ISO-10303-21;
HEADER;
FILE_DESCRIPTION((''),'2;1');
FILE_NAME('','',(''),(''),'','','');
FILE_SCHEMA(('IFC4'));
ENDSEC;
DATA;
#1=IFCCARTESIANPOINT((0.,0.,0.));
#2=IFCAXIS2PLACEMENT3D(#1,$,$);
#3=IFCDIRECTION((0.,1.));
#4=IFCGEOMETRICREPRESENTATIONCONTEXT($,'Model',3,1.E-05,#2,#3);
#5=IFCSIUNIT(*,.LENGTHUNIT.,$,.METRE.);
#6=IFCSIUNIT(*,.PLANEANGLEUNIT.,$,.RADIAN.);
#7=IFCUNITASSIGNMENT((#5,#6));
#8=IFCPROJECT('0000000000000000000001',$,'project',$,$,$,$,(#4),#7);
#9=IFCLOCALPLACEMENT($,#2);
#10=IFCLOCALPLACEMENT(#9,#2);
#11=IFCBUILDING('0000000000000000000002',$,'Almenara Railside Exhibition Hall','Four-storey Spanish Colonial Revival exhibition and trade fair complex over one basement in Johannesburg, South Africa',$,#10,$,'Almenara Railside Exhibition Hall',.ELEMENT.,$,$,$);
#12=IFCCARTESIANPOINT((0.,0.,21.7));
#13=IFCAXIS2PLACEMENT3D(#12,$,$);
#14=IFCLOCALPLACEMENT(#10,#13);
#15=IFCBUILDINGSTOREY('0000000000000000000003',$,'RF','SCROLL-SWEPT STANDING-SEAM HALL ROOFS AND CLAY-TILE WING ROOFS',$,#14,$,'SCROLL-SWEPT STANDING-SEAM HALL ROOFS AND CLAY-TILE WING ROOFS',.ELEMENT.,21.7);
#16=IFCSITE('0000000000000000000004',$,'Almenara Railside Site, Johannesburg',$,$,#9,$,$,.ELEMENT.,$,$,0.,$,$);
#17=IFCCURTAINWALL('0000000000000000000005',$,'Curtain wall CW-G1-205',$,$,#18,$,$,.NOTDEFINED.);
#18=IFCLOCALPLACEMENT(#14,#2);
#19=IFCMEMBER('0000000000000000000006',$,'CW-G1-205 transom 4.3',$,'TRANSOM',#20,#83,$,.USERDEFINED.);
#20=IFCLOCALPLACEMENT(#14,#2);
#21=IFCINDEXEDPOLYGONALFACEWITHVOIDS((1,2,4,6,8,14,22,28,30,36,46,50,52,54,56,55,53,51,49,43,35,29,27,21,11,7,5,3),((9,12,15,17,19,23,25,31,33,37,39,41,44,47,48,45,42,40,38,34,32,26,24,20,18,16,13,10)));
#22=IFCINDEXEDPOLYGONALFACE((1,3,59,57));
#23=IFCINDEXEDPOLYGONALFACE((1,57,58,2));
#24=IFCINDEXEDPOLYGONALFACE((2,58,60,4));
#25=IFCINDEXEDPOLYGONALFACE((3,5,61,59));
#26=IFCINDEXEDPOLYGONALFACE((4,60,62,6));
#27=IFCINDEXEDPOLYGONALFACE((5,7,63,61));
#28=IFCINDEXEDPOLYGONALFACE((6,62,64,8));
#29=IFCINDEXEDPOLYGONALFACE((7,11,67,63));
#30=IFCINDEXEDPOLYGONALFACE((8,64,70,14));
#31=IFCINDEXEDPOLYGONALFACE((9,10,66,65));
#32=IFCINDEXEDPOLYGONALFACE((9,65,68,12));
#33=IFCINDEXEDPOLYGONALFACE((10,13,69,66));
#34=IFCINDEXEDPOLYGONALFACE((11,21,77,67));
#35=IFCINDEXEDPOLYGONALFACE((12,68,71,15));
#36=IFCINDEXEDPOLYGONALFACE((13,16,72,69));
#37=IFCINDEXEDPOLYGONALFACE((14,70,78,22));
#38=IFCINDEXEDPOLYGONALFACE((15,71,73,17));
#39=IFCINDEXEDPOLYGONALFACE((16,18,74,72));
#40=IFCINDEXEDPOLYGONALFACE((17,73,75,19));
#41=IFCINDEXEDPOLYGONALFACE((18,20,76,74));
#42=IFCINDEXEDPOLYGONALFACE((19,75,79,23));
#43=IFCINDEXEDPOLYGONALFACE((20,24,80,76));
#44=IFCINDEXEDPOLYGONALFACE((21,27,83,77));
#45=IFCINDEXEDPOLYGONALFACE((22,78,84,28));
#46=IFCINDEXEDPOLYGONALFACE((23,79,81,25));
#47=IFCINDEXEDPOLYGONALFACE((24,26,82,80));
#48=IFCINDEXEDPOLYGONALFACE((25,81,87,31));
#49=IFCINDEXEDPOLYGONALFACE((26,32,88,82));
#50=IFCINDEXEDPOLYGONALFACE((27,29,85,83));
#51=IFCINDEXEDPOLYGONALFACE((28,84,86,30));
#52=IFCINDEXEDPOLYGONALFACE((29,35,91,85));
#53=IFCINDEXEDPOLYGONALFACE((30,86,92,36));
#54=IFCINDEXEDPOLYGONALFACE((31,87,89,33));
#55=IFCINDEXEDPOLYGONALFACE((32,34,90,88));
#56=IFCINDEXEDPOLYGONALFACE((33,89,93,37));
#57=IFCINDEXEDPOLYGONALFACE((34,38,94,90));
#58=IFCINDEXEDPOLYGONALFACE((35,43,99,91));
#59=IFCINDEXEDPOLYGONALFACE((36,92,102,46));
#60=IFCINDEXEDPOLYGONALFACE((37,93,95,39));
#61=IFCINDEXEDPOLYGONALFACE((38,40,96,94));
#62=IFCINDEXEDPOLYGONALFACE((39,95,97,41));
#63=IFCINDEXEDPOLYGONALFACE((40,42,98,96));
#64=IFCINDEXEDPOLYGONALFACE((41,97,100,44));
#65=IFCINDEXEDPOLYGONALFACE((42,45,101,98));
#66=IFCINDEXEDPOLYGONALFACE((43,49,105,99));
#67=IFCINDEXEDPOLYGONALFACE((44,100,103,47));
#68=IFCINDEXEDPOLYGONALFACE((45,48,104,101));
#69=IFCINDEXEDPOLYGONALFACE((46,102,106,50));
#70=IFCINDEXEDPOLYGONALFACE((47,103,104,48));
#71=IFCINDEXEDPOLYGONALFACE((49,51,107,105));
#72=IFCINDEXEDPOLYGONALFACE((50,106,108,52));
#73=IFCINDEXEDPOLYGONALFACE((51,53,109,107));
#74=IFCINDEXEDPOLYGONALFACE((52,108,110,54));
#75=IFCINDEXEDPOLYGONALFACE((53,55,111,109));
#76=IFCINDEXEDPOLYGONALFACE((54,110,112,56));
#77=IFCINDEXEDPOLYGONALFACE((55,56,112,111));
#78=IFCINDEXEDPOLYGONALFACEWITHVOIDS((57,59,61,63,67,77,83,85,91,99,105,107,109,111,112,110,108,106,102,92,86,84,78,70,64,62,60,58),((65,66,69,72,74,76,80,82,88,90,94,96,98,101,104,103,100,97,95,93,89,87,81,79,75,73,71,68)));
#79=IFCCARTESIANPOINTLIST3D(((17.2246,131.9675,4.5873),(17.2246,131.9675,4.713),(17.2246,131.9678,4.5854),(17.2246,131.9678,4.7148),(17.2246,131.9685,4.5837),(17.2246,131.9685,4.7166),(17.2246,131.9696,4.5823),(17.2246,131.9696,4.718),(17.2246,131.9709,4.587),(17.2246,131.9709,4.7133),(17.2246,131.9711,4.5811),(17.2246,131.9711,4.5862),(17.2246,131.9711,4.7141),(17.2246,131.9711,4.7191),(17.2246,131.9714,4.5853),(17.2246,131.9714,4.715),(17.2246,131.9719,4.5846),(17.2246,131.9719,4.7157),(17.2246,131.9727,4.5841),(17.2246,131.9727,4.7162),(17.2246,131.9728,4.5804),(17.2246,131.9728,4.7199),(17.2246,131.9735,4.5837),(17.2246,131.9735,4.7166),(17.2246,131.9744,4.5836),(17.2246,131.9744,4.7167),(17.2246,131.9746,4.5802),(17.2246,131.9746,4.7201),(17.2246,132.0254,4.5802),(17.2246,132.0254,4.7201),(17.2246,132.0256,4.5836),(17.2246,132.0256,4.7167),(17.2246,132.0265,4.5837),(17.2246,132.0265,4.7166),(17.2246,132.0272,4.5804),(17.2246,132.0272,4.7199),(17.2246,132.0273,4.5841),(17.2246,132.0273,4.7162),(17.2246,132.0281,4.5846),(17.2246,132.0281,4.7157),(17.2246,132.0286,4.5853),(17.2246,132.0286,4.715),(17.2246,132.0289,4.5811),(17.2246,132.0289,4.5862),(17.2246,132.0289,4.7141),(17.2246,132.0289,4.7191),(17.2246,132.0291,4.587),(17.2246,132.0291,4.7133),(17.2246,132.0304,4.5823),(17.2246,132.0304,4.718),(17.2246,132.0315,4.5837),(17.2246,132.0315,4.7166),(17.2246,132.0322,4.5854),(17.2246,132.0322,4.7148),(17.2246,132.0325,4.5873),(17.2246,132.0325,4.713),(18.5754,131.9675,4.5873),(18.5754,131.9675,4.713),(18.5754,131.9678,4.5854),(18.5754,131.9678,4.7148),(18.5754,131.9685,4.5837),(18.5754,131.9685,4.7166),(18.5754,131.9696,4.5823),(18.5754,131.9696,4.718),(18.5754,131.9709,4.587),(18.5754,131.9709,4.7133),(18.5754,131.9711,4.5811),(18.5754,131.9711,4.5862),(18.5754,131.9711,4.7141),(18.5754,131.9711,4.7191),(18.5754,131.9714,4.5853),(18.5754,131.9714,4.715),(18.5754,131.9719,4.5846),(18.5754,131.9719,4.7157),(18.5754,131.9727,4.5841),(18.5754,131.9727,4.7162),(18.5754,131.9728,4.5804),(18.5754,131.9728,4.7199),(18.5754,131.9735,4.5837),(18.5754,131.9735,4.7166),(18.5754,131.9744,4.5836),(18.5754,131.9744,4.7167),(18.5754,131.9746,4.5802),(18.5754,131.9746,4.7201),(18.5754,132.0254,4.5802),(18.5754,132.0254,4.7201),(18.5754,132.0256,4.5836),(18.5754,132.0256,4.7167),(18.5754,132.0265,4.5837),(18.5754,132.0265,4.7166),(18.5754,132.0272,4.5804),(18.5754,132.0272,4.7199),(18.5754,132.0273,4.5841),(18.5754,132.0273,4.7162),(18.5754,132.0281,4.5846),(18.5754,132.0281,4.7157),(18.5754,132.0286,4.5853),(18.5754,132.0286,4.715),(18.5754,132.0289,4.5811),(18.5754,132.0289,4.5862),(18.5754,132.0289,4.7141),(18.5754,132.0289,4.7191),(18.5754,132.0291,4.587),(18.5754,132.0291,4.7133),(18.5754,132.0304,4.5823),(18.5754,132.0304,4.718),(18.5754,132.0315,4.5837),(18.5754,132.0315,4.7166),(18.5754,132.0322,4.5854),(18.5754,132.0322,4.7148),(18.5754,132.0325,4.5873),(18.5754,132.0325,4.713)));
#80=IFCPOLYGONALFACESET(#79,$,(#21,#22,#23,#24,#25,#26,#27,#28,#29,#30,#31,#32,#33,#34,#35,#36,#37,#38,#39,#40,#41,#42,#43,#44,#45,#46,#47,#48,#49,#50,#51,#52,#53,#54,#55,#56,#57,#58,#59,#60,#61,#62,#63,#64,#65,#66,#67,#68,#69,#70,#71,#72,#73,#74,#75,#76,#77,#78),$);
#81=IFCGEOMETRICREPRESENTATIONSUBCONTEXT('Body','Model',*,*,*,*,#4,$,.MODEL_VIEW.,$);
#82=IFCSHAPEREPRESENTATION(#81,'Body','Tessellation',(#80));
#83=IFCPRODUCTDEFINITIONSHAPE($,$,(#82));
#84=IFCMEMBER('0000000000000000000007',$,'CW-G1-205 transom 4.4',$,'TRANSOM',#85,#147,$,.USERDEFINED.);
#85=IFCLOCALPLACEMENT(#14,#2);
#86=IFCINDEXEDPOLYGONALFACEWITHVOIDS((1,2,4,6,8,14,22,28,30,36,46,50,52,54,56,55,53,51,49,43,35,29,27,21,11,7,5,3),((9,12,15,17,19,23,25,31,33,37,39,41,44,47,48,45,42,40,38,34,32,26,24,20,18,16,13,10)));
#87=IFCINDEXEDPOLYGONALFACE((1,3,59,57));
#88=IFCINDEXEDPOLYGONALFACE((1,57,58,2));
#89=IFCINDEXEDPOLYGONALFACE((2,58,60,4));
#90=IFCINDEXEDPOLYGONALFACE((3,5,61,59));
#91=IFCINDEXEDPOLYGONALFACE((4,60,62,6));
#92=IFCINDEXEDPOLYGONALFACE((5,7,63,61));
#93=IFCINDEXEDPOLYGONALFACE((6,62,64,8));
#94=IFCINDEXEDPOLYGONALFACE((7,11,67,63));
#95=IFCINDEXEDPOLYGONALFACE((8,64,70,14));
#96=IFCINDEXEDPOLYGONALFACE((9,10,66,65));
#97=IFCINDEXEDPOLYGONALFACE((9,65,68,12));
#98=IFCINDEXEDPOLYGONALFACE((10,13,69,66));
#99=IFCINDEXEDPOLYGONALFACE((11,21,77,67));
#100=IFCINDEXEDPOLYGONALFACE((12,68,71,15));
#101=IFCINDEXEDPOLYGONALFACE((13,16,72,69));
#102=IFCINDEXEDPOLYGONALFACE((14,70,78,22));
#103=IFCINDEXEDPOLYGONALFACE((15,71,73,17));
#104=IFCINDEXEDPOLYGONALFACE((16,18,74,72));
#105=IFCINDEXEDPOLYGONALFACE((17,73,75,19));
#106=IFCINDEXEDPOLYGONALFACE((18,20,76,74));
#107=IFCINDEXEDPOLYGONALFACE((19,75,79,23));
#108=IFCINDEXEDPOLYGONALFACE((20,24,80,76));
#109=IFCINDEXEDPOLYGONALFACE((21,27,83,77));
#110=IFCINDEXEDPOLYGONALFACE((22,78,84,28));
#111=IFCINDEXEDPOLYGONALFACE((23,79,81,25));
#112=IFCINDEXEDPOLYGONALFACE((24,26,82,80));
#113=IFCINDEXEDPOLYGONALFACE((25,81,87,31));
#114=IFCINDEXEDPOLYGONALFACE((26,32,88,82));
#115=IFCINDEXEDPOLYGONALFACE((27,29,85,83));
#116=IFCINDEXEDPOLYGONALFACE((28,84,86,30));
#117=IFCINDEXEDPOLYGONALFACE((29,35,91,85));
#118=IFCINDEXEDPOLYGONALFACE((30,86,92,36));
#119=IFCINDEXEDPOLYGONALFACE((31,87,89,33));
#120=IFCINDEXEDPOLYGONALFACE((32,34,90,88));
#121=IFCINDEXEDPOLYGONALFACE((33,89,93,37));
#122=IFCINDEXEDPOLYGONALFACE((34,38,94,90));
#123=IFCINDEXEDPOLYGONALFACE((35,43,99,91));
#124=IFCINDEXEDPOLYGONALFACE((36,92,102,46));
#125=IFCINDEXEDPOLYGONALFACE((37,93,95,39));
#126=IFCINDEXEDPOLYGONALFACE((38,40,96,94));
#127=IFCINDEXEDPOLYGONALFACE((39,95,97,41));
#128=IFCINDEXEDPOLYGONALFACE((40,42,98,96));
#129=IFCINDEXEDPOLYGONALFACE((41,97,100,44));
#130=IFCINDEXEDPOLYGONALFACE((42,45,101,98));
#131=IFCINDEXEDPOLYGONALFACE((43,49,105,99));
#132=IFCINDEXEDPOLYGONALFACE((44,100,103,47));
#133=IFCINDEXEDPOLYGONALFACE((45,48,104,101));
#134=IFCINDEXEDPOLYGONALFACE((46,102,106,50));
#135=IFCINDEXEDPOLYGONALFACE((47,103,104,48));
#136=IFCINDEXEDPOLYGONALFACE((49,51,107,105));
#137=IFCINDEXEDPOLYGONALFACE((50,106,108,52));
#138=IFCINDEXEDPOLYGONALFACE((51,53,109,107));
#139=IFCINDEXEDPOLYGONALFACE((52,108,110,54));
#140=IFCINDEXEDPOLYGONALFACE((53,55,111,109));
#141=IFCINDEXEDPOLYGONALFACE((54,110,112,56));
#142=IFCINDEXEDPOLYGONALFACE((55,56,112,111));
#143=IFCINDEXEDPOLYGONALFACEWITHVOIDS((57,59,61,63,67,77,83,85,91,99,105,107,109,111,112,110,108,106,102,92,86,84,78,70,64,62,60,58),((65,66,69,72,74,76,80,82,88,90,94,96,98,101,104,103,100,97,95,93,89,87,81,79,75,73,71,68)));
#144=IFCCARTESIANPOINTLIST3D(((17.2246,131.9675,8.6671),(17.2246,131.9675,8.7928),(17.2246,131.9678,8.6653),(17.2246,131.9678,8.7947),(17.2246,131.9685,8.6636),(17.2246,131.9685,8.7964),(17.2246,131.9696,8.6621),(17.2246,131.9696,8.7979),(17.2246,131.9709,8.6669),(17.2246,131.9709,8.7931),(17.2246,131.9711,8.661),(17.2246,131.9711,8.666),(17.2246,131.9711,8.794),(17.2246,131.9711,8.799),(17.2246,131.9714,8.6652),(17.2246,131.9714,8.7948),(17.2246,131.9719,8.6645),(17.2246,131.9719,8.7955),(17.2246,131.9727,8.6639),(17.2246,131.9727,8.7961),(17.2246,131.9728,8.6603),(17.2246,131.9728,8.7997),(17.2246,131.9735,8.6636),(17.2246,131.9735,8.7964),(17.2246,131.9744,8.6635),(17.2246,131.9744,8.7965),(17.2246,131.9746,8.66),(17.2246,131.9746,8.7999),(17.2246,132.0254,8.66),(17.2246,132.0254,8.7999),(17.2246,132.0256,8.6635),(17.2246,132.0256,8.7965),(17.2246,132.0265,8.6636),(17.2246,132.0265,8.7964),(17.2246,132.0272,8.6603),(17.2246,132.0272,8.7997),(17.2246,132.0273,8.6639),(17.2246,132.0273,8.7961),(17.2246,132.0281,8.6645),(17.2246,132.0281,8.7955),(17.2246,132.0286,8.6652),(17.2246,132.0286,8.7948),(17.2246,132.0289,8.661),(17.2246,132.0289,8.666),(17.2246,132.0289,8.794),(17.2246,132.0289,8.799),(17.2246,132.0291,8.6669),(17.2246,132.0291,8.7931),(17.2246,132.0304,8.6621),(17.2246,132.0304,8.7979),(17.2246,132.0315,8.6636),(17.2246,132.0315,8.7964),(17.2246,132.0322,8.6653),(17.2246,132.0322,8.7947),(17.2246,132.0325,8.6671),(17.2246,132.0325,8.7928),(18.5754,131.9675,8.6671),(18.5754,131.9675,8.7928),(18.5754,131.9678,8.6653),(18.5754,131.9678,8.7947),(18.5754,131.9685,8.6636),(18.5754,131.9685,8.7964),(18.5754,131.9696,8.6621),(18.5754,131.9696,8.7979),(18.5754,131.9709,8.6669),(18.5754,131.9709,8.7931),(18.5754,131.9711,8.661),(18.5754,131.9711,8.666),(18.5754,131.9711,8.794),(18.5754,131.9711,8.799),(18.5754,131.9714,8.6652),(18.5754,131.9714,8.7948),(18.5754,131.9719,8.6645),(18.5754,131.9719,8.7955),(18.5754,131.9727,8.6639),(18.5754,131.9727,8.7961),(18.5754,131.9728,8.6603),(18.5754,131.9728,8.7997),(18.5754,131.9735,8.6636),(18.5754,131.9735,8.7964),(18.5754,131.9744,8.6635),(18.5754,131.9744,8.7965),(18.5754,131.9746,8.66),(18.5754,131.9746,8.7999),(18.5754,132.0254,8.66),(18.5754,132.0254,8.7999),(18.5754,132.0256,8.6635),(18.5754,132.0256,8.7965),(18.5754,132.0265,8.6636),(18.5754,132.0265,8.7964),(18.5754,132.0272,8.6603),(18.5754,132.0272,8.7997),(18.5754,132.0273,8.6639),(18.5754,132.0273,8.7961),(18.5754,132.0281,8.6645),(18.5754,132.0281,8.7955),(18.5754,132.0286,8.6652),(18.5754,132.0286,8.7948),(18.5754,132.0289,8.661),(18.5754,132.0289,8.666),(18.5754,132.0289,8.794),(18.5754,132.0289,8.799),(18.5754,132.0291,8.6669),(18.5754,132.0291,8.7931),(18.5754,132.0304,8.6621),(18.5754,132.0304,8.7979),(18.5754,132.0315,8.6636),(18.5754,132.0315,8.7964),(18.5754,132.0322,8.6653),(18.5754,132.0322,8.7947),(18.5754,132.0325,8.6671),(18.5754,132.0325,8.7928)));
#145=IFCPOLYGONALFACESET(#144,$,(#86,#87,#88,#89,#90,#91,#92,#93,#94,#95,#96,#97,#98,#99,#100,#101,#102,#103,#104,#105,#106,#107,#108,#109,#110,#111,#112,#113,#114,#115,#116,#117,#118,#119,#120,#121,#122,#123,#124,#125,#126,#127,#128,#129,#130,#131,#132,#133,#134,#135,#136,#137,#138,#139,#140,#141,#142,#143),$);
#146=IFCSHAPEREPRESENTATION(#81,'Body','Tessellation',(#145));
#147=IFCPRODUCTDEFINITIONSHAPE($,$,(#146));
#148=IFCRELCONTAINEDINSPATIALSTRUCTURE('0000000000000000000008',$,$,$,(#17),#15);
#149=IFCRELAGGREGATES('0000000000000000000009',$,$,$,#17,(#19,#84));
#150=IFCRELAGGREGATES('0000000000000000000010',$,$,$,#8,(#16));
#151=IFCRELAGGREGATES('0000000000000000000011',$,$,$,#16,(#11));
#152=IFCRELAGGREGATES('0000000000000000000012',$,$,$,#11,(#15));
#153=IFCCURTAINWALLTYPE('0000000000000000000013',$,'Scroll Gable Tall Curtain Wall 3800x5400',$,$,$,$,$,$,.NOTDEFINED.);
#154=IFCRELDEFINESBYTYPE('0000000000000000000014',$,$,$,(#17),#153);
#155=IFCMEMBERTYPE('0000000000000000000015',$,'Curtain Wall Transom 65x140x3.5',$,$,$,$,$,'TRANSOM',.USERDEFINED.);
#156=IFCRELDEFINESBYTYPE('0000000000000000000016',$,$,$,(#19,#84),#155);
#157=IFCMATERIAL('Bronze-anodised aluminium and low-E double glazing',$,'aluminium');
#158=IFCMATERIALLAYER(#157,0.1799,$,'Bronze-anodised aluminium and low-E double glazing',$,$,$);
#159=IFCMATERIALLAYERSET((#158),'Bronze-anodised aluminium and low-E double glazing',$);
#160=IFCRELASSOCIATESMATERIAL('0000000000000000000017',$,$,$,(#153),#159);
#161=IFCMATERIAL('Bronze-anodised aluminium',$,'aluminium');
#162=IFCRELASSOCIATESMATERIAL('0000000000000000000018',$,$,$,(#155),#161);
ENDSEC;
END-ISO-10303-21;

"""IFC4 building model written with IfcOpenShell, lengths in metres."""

from ifc_helpers import new_model, si_unit, direction, frame, origin, origin_2d, place, context, subcontext, project, spatial, hollow_rectangle, extrude, material, layer, layer_set, material_profile, profile_set, type_object, element, aggregate, save


model = new_model("IFC4")

# Units and contexts
model_context = context("Model", 3, precision=1e-05, world=origin(), true_north=direction((0.0, 1.0)))
body_context = subcontext(model_context, "Body", "Model", "MODEL_VIEW")
ifc_project = project(units=[si_unit("LENGTHUNIT", "METRE"), si_unit("PLANEANGLEUNIT", "RADIAN")], contexts=[model_context])

# Site, building, storey
site_placement = place(None, origin())
site = spatial("IfcSite", under=ifc_project, at=site_placement, Name="Almenara Railside Site, Johannesburg", CompositionType="ELEMENT", RefElevation=0.0)
building_placement = place(site_placement, origin())
building = spatial("IfcBuilding", under=site, at=building_placement, Name="Almenara Railside Exhibition Hall", Description="Four-storey Spanish Colonial Revival exhibition and trade fair complex over one basement in Johannesburg, South Africa", LongName="Almenara Railside Exhibition Hall", CompositionType="ELEMENT")
storey_placement = place(building_placement, frame((0.0, 0.0, 21.7)))
storey = spatial("IfcBuildingStorey", under=building, at=storey_placement, Name="RF", Description="SCROLL-SWEPT STANDING-SEAM HALL ROOFS AND CLAY-TILE WING ROOFS", LongName="SCROLL-SWEPT STANDING-SEAM HALL ROOFS AND CLAY-TILE WING ROOFS", CompositionType="ELEMENT", Elevation=21.7)

# Curtain wall, members
ifc_material_1 = material(Name="Bronze-anodised aluminium and low-E double glazing", Category="aluminium")
ifc_material_2 = material(Name="Bronze-anodised aluminium", Category="aluminium")
ifc_layer_1 = layer(ifc_material_1, 0.1799, Name="Bronze-anodised aluminium and low-E double glazing")
ifc_layer_set_1 = layer_set([ifc_layer_1], Name="Bronze-anodised aluminium and low-E double glazing")
curtain_wall_type_1 = type_object("IfcCurtainWallType", Name="Scroll Gable Tall Curtain Wall 3800x5400", PredefinedType="NOTDEFINED", material=ifc_layer_set_1)
curtain_wall_1_placement = place(storey_placement, origin())
curtain_wall_1 = element("IfcCurtainWall", 1, at=curtain_wall_1_placement, inside=storey, type_object=curtain_wall_type_1, Name="Curtain wall CW-G1-205", PredefinedType="NOTDEFINED")
ifc_material_profile_1 = material_profile(ifc_material_2, hollow_rectangle(XDim=0.0649, YDim=0.1399, WallThickness=0.0034, InnerFilletRadius=0.0034, OuterFilletRadius=0.0071, at=origin_2d()), Name="ALU-TRN 65x140x3.5")
ifc_profile_set_1 = profile_set([ifc_material_profile_1], Name="Bronze-anodised aluminium")
member_type_1 = type_object("IfcMemberType", Name="Curtain Wall Transom 65x140x3.5", ElementType="TRANSOM", PredefinedType="USERDEFINED", material=ifc_profile_set_1)
member_1_placement = place(storey_placement, frame((17.2246, 132.0, 4.6501), z_axis=(1.0, 0.0, 0.0), x_axis=(0.0, 1.0, 0.0)))
member_1 = element("IfcMember", 2, at=member_1_placement, type_object=member_type_1, Name="CW-G1-205 transom 4.3", ObjectType="TRANSOM", PredefinedType="USERDEFINED", context=body_context, shape_type="SweptSolid", body=[
    extrude(hollow_rectangle(XDim=0.0649, YDim=0.1399, WallThickness=0.0034, InnerFilletRadius=0.0034, OuterFilletRadius=0.0071, at=origin_2d()), origin(), (0.0, 0.0, 1.0), 1.3508),
])
member_2_placement = place(storey_placement, frame((17.2246, 132.0, 8.73), z_axis=(1.0, 0.0, 0.0), x_axis=(0.0, 1.0, 0.0)))
member_2 = element("IfcMember", 3, at=member_2_placement, type_object=member_type_1, Name="CW-G1-205 transom 4.4", ObjectType="TRANSOM", PredefinedType="USERDEFINED", context=body_context, shape_type="SweptSolid", body=[
    extrude(hollow_rectangle(XDim=0.0649, YDim=0.1399, WallThickness=0.0034, InnerFilletRadius=0.0034, OuterFilletRadius=0.0071, at=origin_2d()), origin(), (0.0, 0.0, 1.0), 1.3508),
])

aggregate(curtain_wall_1, [member_1, member_2])

save(model, "model.ifc")
